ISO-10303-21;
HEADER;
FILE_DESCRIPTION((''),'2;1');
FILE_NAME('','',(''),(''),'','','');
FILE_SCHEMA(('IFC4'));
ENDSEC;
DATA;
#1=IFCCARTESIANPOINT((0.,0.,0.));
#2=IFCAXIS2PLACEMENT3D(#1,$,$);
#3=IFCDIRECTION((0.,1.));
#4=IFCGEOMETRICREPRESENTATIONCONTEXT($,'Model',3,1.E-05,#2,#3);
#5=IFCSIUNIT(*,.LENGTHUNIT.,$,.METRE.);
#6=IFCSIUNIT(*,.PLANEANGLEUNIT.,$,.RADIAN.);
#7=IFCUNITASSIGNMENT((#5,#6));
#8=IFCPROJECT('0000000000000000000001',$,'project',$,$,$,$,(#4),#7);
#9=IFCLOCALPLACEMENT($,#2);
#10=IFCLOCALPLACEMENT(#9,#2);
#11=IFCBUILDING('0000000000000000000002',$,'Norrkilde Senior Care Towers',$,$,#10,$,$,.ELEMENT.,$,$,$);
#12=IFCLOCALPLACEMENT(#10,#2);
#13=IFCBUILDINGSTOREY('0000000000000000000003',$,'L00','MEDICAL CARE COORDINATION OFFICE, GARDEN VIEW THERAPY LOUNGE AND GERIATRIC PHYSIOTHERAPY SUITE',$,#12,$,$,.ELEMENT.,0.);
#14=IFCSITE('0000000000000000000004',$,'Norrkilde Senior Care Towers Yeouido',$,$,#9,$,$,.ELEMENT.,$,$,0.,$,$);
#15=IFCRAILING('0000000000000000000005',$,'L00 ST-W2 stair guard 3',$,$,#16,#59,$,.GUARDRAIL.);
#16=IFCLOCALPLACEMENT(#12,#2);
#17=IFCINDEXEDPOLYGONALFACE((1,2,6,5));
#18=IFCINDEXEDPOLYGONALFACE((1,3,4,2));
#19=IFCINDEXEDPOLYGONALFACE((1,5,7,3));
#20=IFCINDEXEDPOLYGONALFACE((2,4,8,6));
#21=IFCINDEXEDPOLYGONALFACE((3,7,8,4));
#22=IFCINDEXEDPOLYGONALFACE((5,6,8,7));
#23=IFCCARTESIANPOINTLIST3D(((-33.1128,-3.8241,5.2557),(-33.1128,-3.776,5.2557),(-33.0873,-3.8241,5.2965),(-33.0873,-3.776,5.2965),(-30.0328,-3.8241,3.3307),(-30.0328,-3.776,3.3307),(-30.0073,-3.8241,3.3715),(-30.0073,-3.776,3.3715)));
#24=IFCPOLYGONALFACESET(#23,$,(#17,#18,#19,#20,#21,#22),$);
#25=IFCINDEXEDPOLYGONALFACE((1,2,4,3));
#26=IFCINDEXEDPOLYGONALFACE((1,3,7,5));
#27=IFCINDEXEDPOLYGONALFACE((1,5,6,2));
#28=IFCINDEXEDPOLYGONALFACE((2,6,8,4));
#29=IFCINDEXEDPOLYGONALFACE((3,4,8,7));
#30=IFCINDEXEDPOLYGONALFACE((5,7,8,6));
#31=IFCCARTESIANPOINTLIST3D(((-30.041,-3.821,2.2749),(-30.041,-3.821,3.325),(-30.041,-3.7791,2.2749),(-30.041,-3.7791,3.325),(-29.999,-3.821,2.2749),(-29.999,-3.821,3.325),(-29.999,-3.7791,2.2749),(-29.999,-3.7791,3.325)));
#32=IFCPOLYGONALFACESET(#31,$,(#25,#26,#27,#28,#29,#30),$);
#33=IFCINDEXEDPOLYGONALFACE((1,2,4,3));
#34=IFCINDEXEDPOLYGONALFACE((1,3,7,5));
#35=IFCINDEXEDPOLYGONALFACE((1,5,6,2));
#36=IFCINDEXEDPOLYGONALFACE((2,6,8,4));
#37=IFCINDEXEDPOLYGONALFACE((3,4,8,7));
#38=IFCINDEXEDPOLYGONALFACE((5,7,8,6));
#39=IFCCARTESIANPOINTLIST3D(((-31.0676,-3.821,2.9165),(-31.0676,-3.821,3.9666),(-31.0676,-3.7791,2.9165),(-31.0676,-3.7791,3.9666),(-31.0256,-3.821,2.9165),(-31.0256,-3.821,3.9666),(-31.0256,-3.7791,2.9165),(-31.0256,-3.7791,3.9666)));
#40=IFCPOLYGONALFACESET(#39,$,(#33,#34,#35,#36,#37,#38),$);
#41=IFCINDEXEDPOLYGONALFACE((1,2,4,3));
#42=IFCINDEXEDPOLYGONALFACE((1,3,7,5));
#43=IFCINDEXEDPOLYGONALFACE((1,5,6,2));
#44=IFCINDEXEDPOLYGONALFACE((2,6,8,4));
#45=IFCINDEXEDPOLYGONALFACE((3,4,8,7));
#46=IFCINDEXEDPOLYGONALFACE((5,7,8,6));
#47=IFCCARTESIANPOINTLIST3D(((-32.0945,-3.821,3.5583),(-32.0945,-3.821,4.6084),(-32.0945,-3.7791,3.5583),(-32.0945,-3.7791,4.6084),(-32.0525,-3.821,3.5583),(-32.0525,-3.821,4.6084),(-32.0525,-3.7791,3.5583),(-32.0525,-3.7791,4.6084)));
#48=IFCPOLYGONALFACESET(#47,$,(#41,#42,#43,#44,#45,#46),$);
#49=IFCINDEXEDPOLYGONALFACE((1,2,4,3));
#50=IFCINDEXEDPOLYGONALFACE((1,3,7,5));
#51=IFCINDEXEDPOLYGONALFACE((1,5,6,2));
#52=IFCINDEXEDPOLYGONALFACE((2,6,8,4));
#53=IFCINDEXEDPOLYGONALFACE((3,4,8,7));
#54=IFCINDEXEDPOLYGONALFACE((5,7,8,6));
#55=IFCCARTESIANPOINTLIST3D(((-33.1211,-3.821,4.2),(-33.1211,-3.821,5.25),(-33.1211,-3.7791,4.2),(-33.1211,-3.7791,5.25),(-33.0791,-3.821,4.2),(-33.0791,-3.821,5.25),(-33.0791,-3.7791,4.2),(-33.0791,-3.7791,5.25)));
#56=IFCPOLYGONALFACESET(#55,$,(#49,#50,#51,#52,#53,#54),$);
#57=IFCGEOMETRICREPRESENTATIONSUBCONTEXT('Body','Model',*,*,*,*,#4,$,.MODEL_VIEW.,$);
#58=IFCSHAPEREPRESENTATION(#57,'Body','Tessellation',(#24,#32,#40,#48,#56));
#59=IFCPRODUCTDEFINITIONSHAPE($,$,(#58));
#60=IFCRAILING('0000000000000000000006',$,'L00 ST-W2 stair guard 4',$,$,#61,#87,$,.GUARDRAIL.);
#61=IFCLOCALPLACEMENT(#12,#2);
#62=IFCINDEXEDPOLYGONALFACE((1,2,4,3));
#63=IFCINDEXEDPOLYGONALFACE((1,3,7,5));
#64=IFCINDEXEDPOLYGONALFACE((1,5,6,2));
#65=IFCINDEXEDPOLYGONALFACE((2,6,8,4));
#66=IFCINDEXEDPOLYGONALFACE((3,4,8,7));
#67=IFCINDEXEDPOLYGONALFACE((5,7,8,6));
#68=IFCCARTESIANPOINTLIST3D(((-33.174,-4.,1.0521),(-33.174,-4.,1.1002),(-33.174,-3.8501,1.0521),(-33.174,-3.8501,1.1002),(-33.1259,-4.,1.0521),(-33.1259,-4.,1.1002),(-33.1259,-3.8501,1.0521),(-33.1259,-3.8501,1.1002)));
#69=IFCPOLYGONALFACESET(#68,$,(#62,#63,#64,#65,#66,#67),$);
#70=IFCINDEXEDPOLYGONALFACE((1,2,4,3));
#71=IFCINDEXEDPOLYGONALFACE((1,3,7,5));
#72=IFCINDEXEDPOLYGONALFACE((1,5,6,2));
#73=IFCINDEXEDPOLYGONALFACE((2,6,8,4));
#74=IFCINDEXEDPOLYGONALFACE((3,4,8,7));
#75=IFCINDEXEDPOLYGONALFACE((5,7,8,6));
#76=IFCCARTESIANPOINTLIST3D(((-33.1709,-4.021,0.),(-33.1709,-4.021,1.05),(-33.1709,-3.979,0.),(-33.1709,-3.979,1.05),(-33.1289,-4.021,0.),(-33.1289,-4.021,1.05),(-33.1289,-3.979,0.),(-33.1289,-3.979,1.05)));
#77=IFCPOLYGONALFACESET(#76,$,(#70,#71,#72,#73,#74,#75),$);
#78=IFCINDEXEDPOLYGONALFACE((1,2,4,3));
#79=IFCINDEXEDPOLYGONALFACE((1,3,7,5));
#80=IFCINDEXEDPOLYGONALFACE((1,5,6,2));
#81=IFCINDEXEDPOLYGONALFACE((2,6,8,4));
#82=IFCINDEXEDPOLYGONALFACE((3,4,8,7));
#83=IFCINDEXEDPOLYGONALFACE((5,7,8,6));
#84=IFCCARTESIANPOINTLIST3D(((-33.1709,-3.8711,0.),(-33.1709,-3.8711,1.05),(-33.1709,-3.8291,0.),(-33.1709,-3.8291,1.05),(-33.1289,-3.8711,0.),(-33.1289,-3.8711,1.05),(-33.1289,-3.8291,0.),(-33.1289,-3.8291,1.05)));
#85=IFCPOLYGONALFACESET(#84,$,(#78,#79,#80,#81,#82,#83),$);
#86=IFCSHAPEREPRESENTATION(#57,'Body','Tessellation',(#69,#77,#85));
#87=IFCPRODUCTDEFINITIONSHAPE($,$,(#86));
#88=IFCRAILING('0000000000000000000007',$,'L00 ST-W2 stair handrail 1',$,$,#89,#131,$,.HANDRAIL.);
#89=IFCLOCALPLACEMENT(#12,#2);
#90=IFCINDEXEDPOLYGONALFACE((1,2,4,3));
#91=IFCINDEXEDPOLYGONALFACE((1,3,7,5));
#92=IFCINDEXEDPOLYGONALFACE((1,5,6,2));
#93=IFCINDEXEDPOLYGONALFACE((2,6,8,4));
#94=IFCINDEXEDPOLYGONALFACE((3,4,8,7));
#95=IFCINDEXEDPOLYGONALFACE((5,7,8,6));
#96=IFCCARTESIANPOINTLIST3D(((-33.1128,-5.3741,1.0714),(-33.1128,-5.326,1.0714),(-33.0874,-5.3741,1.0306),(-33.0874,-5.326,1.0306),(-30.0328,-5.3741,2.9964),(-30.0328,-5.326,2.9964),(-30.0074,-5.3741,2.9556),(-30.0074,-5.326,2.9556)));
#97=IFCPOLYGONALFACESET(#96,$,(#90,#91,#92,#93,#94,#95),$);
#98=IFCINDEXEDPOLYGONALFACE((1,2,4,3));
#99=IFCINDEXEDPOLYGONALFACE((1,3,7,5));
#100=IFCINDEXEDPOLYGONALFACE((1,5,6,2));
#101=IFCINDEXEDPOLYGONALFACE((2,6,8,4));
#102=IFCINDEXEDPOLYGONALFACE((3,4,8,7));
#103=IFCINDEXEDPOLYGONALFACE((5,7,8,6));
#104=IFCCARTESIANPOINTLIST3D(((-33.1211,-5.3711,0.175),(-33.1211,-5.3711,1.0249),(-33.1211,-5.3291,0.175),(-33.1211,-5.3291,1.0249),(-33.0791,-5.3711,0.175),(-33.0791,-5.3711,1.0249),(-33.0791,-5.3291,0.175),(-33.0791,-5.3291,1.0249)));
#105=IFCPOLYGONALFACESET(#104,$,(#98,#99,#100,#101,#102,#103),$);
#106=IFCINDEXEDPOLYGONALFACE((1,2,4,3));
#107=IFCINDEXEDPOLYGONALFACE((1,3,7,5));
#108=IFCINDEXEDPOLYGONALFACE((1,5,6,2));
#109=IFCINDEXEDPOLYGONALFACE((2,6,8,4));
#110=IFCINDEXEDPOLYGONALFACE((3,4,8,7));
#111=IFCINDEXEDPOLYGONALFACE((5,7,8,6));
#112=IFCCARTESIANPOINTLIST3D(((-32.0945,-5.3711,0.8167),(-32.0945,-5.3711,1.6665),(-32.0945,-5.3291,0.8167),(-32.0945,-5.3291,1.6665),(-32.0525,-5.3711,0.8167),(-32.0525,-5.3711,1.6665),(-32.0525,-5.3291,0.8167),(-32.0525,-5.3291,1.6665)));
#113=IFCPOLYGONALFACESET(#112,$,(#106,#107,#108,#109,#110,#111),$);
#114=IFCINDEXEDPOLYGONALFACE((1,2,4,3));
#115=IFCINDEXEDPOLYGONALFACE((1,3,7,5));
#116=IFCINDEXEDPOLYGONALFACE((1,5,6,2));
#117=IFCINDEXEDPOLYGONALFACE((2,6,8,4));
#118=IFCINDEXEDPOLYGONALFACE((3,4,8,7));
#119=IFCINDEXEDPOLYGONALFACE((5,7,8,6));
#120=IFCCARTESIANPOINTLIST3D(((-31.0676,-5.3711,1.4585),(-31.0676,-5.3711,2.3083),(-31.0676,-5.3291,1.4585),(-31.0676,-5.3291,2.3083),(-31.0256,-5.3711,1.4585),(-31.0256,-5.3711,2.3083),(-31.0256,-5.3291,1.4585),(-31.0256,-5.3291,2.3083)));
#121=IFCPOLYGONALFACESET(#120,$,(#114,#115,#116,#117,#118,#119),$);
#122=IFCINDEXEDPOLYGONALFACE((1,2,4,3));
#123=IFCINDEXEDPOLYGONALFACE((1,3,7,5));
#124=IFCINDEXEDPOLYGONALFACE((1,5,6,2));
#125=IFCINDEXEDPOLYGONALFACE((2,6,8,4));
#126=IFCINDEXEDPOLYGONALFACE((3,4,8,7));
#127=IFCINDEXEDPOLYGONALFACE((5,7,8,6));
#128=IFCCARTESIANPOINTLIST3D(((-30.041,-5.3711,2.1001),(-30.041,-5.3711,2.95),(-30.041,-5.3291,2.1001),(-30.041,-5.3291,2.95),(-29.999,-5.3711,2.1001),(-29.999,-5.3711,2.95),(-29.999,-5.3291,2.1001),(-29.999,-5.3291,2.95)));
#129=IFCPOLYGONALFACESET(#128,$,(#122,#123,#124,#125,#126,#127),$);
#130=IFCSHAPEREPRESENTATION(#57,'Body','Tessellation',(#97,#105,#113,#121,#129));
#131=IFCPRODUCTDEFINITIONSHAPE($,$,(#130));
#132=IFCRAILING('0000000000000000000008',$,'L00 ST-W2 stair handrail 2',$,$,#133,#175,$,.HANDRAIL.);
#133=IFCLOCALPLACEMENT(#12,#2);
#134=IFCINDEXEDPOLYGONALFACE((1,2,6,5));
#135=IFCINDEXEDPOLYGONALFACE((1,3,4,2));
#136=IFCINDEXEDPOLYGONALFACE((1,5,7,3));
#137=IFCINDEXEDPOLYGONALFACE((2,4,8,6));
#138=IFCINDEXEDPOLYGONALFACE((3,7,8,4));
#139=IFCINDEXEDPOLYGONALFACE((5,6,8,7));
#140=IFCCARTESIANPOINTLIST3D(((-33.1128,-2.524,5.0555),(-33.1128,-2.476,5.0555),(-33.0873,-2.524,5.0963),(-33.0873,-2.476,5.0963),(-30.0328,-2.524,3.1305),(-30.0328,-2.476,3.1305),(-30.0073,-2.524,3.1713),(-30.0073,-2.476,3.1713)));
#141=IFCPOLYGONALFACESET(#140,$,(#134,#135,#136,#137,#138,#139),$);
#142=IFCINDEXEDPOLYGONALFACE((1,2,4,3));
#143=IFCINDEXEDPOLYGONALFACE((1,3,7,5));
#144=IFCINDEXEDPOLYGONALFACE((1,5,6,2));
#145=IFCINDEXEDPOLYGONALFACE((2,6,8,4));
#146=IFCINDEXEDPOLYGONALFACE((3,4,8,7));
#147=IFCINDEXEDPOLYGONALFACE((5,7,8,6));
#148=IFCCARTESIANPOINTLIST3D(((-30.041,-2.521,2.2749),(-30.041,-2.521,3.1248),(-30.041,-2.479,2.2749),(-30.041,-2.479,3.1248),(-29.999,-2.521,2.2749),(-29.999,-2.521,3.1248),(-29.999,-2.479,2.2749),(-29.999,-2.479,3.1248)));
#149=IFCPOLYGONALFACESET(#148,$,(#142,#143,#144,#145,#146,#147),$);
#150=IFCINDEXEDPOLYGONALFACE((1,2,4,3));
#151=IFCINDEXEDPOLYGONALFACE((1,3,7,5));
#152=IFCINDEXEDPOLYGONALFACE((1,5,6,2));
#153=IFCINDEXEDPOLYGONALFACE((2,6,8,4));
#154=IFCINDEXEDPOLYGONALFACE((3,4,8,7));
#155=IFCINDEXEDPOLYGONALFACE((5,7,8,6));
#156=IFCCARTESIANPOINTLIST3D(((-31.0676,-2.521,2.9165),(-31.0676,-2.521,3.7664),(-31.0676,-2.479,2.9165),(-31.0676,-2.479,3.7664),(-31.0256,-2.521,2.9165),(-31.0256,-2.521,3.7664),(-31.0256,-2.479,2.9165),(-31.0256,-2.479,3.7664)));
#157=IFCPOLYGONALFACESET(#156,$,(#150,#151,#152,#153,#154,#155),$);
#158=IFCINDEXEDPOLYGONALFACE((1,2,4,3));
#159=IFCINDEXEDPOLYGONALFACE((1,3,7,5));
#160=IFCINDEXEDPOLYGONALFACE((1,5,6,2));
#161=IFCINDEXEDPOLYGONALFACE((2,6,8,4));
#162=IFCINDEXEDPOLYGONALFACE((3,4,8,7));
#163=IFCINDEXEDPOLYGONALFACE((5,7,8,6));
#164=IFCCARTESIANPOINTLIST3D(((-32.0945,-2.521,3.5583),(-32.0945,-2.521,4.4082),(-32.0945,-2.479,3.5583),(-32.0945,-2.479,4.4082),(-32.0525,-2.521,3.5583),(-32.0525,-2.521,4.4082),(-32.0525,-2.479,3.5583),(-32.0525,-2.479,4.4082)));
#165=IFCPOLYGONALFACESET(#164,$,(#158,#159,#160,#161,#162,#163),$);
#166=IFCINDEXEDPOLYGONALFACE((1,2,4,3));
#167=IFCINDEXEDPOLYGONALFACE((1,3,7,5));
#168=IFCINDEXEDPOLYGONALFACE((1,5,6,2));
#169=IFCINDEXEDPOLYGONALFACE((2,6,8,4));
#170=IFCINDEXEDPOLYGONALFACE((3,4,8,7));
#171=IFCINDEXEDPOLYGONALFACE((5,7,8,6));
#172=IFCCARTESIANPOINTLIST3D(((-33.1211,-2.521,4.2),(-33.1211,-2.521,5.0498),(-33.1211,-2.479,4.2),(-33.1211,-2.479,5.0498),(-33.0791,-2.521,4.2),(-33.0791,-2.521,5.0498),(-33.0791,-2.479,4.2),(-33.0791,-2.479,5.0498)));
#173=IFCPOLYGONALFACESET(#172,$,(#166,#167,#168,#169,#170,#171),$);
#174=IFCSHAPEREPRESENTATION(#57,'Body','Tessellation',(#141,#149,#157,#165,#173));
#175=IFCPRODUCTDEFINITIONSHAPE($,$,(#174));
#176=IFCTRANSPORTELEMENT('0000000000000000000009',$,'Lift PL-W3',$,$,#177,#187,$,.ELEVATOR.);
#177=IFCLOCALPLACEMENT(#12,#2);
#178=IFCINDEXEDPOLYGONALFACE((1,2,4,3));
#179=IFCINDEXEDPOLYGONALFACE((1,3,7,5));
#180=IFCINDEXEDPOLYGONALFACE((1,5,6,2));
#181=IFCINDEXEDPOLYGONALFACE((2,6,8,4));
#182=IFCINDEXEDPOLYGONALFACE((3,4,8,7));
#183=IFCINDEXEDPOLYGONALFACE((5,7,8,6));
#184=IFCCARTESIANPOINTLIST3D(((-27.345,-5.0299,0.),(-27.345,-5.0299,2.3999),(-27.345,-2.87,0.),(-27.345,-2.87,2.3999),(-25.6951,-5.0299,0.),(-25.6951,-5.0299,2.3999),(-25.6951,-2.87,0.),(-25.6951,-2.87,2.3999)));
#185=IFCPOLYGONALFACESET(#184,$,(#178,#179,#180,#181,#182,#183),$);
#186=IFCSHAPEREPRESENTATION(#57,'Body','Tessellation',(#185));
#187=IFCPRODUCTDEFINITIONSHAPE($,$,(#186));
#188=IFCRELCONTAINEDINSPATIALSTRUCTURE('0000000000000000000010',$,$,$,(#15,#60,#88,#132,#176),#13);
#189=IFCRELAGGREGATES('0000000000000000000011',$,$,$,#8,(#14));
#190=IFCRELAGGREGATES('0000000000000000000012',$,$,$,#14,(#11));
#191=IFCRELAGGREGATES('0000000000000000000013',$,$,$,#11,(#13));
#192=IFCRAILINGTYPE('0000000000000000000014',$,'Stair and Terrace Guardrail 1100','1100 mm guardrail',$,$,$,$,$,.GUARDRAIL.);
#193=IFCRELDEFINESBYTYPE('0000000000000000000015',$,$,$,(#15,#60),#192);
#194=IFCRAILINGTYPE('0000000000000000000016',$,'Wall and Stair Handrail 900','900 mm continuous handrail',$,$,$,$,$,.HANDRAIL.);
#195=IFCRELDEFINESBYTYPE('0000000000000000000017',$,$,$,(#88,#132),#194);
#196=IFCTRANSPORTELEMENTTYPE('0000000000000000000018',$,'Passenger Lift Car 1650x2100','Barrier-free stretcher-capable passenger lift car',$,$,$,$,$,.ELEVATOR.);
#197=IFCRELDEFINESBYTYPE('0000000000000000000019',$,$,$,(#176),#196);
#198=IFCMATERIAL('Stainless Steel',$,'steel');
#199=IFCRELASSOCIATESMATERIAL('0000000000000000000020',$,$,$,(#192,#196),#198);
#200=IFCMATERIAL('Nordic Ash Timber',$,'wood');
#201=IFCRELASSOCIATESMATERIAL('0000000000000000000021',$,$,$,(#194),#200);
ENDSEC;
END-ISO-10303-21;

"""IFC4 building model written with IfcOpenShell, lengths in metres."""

from ifc_helpers import new_model, si_unit, direction, frame, origin, origin_2d, place, context, subcontext, project, spatial, rectangle, extrude, source, transform, mapped, material, type_object, type_shapes, element, save


model = new_model("IFC4")

# Units and contexts
model_context = context("Model", 3, precision=1e-05, world=origin(), true_north=direction((0.0, 1.0)))
body_context = subcontext(model_context, "Body", "Model", "MODEL_VIEW")
ifc_project = project(units=[si_unit("LENGTHUNIT", "METRE"), si_unit("PLANEANGLEUNIT", "RADIAN")], contexts=[model_context])

# Site, building, storey
site_placement = place(None, origin())
site = spatial("IfcSite", under=ifc_project, at=site_placement, Name="Norrkilde Senior Care Towers Yeouido", CompositionType="ELEMENT", RefElevation=0.0)
building_placement = place(site_placement, origin())
building = spatial("IfcBuilding", under=site, at=building_placement, Name="Norrkilde Senior Care Towers", CompositionType="ELEMENT")
storey_placement = place(building_placement, origin())
storey = spatial("IfcBuildingStorey", under=building, at=storey_placement, Name="L00", Description="MEDICAL CARE COORDINATION OFFICE, GARDEN VIEW THERAPY LOUNGE AND GERIATRIC PHYSIOTHERAPY SUITE", CompositionType="ELEMENT", Elevation=0.0)

# Shared definitions
ifc_material_1 = material(Name="Stainless Steel", Category="steel")

# Railings
railing_type_1 = type_object("IfcRailingType", Name="Stair and Terrace Guardrail 1100", Description="1100 mm guardrail", PredefinedType="GUARDRAIL", material=ifc_material_1)
railing_1_placement = place(storey_placement, frame((-30.02, -3.8, 2.2749)))
element("IfcRailing", 1, at=railing_1_placement, inside=storey, type_object=railing_type_1, Name="L00 ST-W2 stair guard 3", PredefinedType="GUARDRAIL", context=body_context, shape_type="SweptSolid", body=[
    extrude(rectangle(XDim=0.0481, YDim=0.0481, at=origin_2d()), frame((0.0, 0.0, 1.0762), z_axis=(-0.847998, 0.0, 0.529999), x_axis=(0.0, -1.0, 0.0)), (0.0, 0.0, 1.0), 3.6321),
    extrude(rectangle(XDim=0.042, YDim=0.042, at=origin_2d()), origin(), (0.0, 0.0, 1.0), 1.05),
    extrude(rectangle(XDim=0.042, YDim=0.042, at=origin_2d()), frame((-1.0266, 0.0, 0.6416)), (0.0, 0.0, 1.0), 1.05),
    extrude(rectangle(XDim=0.042, YDim=0.042, at=origin_2d()), frame((-2.0535, 0.0, 1.2834)), (0.0, 0.0, 1.0), 1.05),
    extrude(rectangle(XDim=0.042, YDim=0.042, at=origin_2d()), frame((-3.0801, 0.0, 1.925)), (0.0, 0.0, 1.0), 1.05),
])
railing_2_placement = place(storey_placement, frame((-33.1499, -4.0, 0.0)))
element("IfcRailing", 2, at=railing_2_placement, inside=storey, type_object=railing_type_1, Name="L00 ST-W2 stair guard 4", PredefinedType="GUARDRAIL", context=body_context, shape_type="SweptSolid", body=[
    extrude(rectangle(XDim=0.0481, YDim=0.0481, at=origin_2d()), frame((0.0, 0.0, 1.0762), z_axis=(0.0, 1.0, 0.0), x_axis=(-1.0, 0.0, 0.0)), (0.0, 0.0, 1.0), 0.1499),
    extrude(rectangle(XDim=0.042, YDim=0.042, at=origin_2d()), origin(), (0.0, 0.0, 1.0), 1.05),
    extrude(rectangle(XDim=0.042, YDim=0.042, at=origin_2d()), frame((0.0, 0.1499, 0.0)), (0.0, 0.0, 1.0), 1.05),
])
ifc_material_2 = material(Name="Nordic Ash Timber", Category="wood")
railing_type_2 = type_object("IfcRailingType", Name="Wall and Stair Handrail 900", Description="900 mm continuous handrail", PredefinedType="HANDRAIL", material=ifc_material_2)
railing_3_placement = place(storey_placement, frame((-33.1001, -5.3501, 0.175)))
element("IfcRailing", 3, at=railing_3_placement, inside=storey, type_object=railing_type_2, Name="L00 ST-W2 stair handrail 1", PredefinedType="HANDRAIL", context=body_context, shape_type="SweptSolid", body=[
    extrude(rectangle(XDim=0.0481, YDim=0.0481, at=origin_2d()), frame((0.0, 0.0, 0.876), z_axis=(0.847998, 0.0, 0.529999), x_axis=(0.0, 1.0, 0.0)), (0.0, 0.0, 1.0), 3.6321),
    extrude(rectangle(XDim=0.042, YDim=0.042, at=origin_2d()), origin(), (0.0, 0.0, 1.0), 0.8499),
    extrude(rectangle(XDim=0.042, YDim=0.042, at=origin_2d()), frame((1.0266, 0.0, 0.6416)), (0.0, 0.0, 1.0), 0.8499),
    extrude(rectangle(XDim=0.042, YDim=0.042, at=origin_2d()), frame((2.0535, 0.0, 1.2834)), (0.0, 0.0, 1.0), 0.8499),
    extrude(rectangle(XDim=0.042, YDim=0.042, at=origin_2d()), frame((3.0801, 0.0, 1.925)), (0.0, 0.0, 1.0), 0.8499),
])
railing_4_placement = place(storey_placement, frame((-30.02, -2.5, 2.2749)))
element("IfcRailing", 4, at=railing_4_placement, inside=storey, type_object=railing_type_2, Name="L00 ST-W2 stair handrail 2", PredefinedType="HANDRAIL", context=body_context, shape_type="SweptSolid", body=[
    extrude(rectangle(XDim=0.0481, YDim=0.0481, at=origin_2d()), frame((0.0, 0.0, 0.876), z_axis=(-0.847998, 0.0, 0.529999), x_axis=(0.0, -1.0, 0.0)), (0.0, 0.0, 1.0), 3.6321),
    extrude(rectangle(XDim=0.042, YDim=0.042, at=origin_2d()), origin(), (0.0, 0.0, 1.0), 0.8499),
    extrude(rectangle(XDim=0.042, YDim=0.042, at=origin_2d()), frame((-1.0266, 0.0, 0.6416)), (0.0, 0.0, 1.0), 0.8499),
    extrude(rectangle(XDim=0.042, YDim=0.042, at=origin_2d()), frame((-2.0535, 0.0, 1.2834)), (0.0, 0.0, 1.0), 0.8499),
    extrude(rectangle(XDim=0.042, YDim=0.042, at=origin_2d()), frame((-3.0801, 0.0, 1.925)), (0.0, 0.0, 1.0), 0.8499),
])

# Transport element
transport_element_type = type_object("IfcTransportElementType", Name="Passenger Lift Car 1650x2100", Description="Barrier-free stretcher-capable passenger lift car", PredefinedType="ELEVATOR", material=ifc_material_1)
shared_shape_1 = source(origin(), body_context, "Body", "SweptSolid", [
    extrude(rectangle(XDim=1.6499, YDim=2.1599, at=origin_2d()), origin(), (0.0, 0.0, 1.0), 2.3999),
])
type_shapes(transport_element_type, [shared_shape_1])
transport_element_placement = place(storey_placement, frame((-26.52, -3.95, 0.0), z_axis=(0.0, 0.0, 1.0), x_axis=(1.0, 0.0, 0.0)))
element("IfcTransportElement", 5, at=transport_element_placement, inside=storey, type_object=transport_element_type, Name="Lift PL-W3", PredefinedType="ELEVATOR", context=body_context, shape_type="MappedRepresentation", body=[
    mapped(shared_shape_1, transform((0.0, 0.0, 0.0), x_axis=(1.0, 0.0, 0.0), y_axis=(0.0, 1.0, 0.0), z_axis=(0.0, 0.0, 1.0), scale=1.0)),
])

save(model, "model.ifc")
